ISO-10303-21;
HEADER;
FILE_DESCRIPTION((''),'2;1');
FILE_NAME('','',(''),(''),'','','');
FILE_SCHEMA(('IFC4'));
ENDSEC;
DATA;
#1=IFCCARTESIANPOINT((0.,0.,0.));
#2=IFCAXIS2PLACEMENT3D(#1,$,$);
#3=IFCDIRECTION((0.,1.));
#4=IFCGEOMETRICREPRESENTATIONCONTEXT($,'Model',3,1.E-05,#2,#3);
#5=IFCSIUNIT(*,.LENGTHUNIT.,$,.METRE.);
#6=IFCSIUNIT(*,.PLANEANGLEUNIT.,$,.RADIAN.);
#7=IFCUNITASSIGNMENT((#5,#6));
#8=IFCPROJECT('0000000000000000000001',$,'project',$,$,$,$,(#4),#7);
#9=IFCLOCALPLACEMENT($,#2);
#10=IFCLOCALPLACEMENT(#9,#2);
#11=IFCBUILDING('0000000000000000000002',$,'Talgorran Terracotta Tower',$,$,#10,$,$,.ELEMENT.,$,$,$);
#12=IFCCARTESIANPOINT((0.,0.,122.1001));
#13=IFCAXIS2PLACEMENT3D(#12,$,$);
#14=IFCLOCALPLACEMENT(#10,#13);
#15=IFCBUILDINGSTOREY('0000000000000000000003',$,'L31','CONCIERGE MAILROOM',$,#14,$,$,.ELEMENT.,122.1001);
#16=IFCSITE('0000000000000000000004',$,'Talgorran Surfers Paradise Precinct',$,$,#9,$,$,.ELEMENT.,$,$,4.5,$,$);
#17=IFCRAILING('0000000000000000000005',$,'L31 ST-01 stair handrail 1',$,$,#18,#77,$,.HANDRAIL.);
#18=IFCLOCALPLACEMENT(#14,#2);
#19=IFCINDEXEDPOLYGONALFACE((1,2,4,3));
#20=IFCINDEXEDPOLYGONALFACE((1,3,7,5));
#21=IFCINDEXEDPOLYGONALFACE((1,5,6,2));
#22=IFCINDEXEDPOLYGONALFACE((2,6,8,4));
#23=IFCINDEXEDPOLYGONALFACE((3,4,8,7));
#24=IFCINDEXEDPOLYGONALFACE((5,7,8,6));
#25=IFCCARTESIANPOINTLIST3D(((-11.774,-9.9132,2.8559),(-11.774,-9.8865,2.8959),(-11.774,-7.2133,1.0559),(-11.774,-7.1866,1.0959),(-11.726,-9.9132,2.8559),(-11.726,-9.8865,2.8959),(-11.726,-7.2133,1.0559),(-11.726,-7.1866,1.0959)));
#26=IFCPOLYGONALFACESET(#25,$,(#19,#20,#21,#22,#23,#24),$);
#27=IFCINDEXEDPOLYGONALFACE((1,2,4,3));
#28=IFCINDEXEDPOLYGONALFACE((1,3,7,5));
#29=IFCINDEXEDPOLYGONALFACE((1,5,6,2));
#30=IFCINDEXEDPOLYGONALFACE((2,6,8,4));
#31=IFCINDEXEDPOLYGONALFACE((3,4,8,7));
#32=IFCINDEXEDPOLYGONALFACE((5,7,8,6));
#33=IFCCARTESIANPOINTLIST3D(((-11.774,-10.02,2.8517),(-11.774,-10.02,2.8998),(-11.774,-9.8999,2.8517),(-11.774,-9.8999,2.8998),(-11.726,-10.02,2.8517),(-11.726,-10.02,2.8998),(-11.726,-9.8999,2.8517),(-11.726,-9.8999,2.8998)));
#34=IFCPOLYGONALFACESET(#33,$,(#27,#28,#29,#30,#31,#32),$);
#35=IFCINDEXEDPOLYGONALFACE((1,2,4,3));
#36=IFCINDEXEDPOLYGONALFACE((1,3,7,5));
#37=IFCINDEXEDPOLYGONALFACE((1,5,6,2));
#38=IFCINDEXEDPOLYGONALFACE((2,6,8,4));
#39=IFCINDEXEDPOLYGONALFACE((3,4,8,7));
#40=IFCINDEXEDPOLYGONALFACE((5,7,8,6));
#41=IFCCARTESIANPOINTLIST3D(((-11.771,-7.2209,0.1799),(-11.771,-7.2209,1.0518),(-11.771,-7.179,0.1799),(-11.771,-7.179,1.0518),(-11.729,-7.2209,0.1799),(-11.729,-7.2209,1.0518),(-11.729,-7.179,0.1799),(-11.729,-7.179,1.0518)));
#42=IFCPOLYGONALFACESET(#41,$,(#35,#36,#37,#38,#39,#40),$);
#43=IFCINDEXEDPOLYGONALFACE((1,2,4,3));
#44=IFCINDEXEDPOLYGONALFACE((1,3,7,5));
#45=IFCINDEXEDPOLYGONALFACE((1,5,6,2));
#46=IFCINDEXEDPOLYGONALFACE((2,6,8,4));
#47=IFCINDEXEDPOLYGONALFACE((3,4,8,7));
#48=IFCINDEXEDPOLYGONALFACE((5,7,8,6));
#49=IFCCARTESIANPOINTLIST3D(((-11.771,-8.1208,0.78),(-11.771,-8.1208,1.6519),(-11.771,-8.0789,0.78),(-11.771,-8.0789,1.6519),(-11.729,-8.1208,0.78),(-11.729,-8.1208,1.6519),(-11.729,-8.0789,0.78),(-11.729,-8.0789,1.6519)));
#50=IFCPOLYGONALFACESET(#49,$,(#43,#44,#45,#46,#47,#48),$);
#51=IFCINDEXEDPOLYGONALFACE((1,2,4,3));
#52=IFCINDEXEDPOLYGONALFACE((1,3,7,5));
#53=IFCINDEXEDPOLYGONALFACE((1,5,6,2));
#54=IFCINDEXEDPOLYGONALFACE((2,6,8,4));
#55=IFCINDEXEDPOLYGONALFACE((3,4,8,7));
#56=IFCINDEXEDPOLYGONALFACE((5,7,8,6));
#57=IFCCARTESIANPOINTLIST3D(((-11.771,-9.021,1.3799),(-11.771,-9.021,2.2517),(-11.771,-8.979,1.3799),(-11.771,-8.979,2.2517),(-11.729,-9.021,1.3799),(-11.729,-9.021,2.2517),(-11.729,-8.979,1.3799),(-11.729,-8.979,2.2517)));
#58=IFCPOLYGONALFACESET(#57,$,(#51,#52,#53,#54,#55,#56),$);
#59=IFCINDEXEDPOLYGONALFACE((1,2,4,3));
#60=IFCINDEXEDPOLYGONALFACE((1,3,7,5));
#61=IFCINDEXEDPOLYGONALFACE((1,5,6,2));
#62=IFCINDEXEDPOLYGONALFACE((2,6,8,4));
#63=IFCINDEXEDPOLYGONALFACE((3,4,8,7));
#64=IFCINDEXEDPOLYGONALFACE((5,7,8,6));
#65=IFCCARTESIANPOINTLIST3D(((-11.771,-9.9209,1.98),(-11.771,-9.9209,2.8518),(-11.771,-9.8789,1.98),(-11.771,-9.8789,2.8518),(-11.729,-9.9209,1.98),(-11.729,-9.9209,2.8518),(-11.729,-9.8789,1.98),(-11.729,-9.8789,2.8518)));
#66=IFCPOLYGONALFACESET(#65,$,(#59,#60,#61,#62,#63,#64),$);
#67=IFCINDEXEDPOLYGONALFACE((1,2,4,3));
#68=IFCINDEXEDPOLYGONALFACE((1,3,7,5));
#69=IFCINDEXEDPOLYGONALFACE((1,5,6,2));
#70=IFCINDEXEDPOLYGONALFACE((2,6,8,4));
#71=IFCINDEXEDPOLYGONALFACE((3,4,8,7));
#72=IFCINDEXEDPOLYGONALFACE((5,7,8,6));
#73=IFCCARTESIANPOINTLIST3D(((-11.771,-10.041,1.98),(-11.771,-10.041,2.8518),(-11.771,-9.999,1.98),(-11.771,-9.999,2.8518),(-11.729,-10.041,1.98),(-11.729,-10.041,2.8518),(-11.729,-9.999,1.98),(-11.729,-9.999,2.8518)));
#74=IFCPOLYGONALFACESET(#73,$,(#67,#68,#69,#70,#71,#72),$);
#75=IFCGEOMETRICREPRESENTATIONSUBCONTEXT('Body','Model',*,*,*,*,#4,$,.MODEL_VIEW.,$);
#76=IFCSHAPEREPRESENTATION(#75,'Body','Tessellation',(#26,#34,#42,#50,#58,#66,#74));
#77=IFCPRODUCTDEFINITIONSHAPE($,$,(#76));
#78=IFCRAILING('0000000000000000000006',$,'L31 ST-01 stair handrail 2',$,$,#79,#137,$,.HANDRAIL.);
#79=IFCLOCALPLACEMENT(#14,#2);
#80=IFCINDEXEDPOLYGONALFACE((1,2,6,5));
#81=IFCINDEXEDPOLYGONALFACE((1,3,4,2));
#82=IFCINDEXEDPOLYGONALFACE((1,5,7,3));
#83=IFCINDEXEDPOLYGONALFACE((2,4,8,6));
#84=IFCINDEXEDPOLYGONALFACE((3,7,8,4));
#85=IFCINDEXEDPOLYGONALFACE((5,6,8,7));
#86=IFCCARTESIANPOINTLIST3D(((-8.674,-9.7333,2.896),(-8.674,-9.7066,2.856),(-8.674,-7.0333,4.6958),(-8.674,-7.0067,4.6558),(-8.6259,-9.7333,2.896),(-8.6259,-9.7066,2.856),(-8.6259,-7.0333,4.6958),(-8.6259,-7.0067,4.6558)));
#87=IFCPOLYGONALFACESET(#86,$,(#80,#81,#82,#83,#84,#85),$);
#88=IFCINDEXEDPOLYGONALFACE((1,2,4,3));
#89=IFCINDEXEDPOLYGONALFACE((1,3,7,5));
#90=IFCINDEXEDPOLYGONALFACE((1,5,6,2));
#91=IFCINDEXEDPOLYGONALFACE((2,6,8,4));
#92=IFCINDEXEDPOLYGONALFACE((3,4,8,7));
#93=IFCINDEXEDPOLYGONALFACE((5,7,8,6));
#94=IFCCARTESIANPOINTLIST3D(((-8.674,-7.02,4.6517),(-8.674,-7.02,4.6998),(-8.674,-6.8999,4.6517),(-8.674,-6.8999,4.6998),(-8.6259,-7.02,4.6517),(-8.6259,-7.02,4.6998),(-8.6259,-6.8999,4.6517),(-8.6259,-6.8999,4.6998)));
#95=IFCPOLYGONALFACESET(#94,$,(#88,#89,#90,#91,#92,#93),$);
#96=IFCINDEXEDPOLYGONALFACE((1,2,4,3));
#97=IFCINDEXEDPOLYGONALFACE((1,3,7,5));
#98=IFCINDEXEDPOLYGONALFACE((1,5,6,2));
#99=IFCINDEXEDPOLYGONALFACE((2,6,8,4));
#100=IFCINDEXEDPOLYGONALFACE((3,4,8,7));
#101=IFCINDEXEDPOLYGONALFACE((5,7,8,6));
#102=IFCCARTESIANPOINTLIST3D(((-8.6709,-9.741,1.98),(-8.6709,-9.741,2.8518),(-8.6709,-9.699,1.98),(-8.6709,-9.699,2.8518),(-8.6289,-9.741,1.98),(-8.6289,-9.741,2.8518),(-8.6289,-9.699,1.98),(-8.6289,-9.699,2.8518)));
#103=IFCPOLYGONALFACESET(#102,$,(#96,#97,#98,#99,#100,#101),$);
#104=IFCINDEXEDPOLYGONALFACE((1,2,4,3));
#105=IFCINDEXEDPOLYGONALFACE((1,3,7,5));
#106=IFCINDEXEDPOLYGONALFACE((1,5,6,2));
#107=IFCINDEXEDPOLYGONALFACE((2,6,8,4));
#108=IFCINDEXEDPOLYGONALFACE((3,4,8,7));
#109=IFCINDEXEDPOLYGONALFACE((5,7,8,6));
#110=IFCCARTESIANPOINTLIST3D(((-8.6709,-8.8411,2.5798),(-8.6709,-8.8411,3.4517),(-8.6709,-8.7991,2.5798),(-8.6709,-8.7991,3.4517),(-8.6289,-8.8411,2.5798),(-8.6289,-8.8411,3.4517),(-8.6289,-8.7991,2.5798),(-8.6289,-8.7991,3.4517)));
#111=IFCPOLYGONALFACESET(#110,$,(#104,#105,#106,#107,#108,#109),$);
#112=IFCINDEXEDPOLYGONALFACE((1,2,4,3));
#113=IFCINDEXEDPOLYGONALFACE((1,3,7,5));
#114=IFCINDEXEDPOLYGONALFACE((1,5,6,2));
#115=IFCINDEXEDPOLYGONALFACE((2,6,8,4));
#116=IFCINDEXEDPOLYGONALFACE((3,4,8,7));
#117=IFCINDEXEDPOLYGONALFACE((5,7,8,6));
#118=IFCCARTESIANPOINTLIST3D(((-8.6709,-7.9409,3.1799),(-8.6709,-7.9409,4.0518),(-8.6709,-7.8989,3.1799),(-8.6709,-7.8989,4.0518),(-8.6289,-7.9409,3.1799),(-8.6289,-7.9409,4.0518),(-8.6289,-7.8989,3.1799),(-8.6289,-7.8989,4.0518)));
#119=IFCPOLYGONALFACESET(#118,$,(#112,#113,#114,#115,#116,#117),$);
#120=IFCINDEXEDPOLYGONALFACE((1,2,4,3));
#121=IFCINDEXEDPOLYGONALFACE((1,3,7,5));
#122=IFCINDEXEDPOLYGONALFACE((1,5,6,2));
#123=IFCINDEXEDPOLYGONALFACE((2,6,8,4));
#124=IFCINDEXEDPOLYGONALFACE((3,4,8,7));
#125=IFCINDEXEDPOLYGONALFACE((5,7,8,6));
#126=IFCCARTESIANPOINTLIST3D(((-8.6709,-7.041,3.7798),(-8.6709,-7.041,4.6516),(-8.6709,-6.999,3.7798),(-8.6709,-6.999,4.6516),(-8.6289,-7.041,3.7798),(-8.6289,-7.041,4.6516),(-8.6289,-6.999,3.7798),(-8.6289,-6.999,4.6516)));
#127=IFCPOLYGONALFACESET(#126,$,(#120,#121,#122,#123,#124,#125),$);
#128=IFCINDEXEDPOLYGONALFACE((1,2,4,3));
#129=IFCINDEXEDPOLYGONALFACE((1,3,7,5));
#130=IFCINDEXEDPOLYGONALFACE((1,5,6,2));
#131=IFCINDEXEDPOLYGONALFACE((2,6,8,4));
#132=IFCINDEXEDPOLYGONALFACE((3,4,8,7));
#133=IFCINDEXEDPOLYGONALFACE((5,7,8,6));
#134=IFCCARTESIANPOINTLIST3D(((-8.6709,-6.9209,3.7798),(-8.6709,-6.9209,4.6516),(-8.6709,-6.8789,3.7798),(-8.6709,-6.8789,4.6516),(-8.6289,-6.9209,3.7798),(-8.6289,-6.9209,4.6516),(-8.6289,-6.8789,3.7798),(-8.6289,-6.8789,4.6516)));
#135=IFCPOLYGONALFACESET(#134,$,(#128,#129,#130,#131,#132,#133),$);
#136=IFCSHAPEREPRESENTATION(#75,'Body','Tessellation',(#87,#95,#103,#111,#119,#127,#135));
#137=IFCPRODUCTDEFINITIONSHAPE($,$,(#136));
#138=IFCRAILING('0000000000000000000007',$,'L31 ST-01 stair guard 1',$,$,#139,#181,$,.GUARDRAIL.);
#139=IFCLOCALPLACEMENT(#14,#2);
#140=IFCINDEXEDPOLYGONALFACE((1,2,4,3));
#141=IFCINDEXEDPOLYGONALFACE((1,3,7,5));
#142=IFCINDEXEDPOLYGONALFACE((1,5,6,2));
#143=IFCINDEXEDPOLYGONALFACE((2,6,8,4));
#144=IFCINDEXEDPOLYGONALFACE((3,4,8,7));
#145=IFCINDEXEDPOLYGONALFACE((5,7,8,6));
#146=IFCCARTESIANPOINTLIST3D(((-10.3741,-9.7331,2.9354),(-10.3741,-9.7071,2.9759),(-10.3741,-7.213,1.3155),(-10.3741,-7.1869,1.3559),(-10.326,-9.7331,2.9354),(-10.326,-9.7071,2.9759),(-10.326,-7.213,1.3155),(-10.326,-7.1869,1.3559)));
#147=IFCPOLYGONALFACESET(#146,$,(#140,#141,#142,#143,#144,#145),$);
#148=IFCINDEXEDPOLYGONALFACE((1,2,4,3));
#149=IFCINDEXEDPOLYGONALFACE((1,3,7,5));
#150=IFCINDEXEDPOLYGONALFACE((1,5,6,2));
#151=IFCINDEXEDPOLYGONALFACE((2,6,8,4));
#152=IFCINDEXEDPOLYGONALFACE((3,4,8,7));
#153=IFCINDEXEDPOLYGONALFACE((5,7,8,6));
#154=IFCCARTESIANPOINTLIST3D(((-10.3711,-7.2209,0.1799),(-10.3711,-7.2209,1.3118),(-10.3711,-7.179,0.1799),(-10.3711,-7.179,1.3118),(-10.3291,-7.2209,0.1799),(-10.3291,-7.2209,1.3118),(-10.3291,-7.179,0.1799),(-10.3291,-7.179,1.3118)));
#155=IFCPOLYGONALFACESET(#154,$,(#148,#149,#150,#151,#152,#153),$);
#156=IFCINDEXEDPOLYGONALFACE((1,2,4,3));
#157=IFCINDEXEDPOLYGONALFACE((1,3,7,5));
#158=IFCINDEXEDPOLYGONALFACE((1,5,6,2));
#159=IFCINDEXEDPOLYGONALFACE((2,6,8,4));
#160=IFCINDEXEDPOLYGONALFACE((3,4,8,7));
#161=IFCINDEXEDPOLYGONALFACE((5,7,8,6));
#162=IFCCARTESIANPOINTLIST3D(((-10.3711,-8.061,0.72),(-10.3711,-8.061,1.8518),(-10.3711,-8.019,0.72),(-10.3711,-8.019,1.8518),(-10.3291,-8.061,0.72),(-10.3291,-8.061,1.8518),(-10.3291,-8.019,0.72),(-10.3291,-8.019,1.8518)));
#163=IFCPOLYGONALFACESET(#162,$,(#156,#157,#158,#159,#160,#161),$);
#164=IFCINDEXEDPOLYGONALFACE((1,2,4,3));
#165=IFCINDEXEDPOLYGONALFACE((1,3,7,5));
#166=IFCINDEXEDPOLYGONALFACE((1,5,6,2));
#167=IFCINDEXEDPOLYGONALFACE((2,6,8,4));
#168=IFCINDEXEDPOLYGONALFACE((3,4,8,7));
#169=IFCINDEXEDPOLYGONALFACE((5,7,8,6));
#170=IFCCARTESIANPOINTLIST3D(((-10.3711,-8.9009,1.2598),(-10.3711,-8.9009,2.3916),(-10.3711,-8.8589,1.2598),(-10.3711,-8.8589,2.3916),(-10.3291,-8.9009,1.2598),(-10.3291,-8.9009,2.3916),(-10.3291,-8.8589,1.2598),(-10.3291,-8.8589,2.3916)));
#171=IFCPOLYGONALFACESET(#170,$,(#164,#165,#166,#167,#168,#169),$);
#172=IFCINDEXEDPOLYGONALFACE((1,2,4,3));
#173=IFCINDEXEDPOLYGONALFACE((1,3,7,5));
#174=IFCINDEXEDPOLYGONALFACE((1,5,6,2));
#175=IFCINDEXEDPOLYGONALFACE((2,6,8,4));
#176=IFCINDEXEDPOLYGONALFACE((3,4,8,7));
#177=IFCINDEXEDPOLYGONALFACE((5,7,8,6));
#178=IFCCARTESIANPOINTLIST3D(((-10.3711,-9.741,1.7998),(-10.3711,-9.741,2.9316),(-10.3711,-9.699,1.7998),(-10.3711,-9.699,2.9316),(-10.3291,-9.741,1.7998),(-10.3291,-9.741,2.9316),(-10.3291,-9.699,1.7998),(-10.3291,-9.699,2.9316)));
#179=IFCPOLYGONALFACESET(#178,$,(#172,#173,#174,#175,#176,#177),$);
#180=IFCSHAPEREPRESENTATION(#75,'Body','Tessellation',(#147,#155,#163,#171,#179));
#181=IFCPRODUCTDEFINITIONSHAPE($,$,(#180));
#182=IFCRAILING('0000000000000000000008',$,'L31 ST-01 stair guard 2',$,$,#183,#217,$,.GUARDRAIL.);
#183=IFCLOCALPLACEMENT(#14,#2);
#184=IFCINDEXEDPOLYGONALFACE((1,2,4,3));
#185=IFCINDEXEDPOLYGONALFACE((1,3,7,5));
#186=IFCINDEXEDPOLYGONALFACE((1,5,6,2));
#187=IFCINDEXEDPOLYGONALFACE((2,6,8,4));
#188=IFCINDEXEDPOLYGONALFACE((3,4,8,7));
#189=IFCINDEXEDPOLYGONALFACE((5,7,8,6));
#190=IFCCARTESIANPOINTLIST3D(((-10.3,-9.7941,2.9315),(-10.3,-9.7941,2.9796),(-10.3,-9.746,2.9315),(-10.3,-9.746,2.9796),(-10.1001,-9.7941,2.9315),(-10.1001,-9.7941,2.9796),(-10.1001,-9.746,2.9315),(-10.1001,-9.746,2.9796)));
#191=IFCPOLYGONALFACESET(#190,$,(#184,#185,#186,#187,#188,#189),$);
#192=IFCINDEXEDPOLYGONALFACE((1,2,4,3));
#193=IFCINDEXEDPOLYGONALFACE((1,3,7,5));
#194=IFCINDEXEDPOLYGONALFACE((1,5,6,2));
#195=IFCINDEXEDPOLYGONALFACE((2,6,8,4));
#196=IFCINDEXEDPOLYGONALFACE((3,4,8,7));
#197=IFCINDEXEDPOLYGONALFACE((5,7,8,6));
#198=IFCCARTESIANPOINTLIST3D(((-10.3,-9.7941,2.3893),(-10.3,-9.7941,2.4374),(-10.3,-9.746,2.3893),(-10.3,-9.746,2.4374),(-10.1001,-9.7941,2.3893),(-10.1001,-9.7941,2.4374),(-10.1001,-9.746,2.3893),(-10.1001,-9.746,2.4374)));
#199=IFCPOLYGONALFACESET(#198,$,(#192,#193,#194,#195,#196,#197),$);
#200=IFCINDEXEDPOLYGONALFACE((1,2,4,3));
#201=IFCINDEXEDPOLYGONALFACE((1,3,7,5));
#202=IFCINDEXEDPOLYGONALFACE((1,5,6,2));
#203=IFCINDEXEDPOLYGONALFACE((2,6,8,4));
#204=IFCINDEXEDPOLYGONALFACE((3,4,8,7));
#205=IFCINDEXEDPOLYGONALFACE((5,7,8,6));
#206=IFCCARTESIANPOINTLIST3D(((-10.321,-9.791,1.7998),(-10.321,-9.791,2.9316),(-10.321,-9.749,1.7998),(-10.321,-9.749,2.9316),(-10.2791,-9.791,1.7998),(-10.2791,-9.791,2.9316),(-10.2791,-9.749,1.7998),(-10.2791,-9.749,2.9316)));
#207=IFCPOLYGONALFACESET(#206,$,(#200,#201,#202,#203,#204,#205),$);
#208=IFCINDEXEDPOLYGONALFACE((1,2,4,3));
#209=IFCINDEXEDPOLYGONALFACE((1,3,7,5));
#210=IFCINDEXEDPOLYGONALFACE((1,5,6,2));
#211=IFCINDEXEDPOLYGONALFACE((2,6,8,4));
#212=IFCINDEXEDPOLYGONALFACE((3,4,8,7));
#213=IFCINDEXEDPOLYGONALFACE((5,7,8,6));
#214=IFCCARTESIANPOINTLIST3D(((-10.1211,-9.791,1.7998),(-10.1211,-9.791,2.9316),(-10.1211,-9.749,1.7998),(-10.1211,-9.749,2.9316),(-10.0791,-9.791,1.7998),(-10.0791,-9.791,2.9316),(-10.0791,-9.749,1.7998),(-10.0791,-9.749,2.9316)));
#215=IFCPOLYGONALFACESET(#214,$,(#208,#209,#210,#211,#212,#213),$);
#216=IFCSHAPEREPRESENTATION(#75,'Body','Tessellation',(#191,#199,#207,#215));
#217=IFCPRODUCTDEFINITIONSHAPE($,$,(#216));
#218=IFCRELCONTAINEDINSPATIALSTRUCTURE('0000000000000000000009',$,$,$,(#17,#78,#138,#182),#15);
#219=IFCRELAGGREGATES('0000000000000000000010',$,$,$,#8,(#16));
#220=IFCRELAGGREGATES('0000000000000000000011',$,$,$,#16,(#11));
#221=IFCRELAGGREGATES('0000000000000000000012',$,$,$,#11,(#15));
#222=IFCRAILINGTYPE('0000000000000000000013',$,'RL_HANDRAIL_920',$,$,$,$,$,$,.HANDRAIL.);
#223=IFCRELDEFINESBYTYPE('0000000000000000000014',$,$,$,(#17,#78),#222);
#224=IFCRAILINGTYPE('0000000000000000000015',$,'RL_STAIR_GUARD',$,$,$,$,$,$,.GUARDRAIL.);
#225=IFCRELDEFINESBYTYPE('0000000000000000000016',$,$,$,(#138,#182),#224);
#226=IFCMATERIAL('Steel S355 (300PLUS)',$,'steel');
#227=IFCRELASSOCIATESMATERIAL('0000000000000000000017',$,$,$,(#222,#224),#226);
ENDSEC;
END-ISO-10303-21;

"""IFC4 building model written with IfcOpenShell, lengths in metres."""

from ifc_helpers import new_model, si_unit, direction, frame, origin, origin_2d, place, context, subcontext, project, spatial, rectangle, extrude, material, type_object, element, save


model = new_model("IFC4")

# Units and contexts
model_context = context("Model", 3, precision=1e-05, world=origin(), true_north=direction((0.0, 1.0)))
body_context = subcontext(model_context, "Body", "Model", "MODEL_VIEW")
ifc_project = project(units=[si_unit("LENGTHUNIT", "METRE"), si_unit("PLANEANGLEUNIT", "RADIAN")], contexts=[model_context])

# Site, building, storey
site_placement = place(None, origin())
site = spatial("IfcSite", under=ifc_project, at=site_placement, Name="Talgorran Surfers Paradise Precinct", CompositionType="ELEMENT", RefElevation=4.5)
building_placement = place(site_placement, origin())
building = spatial("IfcBuilding", under=site, at=building_placement, Name="Talgorran Terracotta Tower", CompositionType="ELEMENT")
storey_placement = place(building_placement, frame((0.0, 0.0, 122.1001)))
storey = spatial("IfcBuildingStorey", under=building, at=storey_placement, Name="L31", Description="CONCIERGE MAILROOM", CompositionType="ELEMENT", Elevation=122.1001)

# Shared definitions
ifc_material_1 = material(Name="Steel S355 (300PLUS)", Category="steel")

# Railings
railing_type_1 = type_object("IfcRailingType", Name="RL_HANDRAIL_920", PredefinedType="HANDRAIL", material=ifc_material_1)
railing_1_placement = place(storey_placement, frame((-11.75, -7.2, 0.1799)))
element("IfcRailing", 1, at=railing_1_placement, inside=storey, type_object=railing_type_1, Name="L31 ST-01 stair handrail 1", PredefinedType="HANDRAIL", context=body_context, shape_type="SweptSolid", body=[
    extrude(rectangle(XDim=0.0481, YDim=0.0481, at=origin_2d()), frame((0.0, 0.0, 0.896), z_axis=(0.0, -0.832039, 0.554718), x_axis=(1.0, 0.0, 0.0)), (0.0, 0.0, 1.0), 3.2449),
    extrude(rectangle(XDim=0.0481, YDim=0.0481, at=origin_2d()), frame((0.0, -2.7, 2.6958), z_axis=(0.0, -1.0, 0.0), x_axis=(1.0, 0.0, 0.0)), (0.0, 0.0, 1.0), 0.1201),
    extrude(rectangle(XDim=0.042, YDim=0.042, at=origin_2d()), origin(), (0.0, 0.0, 1.0), 0.8718),
    extrude(rectangle(XDim=0.042, YDim=0.042, at=origin_2d()), frame((0.0, -0.8999, 0.6001)), (0.0, 0.0, 1.0), 0.8718),
    extrude(rectangle(XDim=0.042, YDim=0.042, at=origin_2d()), frame((0.0, -1.8, 1.2)), (0.0, 0.0, 1.0), 0.8718),
    extrude(rectangle(XDim=0.042, YDim=0.042, at=origin_2d()), frame((0.0, -2.7, 1.8)), (0.0, 0.0, 1.0), 0.8718),
    extrude(rectangle(XDim=0.042, YDim=0.042, at=origin_2d()), frame((0.0, -2.8201, 1.8)), (0.0, 0.0, 1.0), 0.8718),
])
railing_2_placement = place(storey_placement, frame((-8.6499, -9.72, 1.98)))
element("IfcRailing", 2, at=railing_2_placement, inside=storey, type_object=railing_type_1, Name="L31 ST-01 stair handrail 2", PredefinedType="HANDRAIL", context=body_context, shape_type="SweptSolid", body=[
    extrude(rectangle(XDim=0.0481, YDim=0.0481, at=origin_2d()), frame((0.0, 0.0, 0.896), z_axis=(0.0, 0.832073, 0.554665), x_axis=(-1.0, 0.0, 0.0)), (0.0, 0.0, 1.0), 3.2449),
    extrude(rectangle(XDim=0.0481, YDim=0.0481, at=origin_2d()), frame((0.0, 2.7, 2.6958), z_axis=(0.0, 1.0, 0.0), x_axis=(-1.0, 0.0, 0.0)), (0.0, 0.0, 1.0), 0.1201),
    extrude(rectangle(XDim=0.042, YDim=0.042, at=origin_2d()), origin(), (0.0, 0.0, 1.0), 0.8718),
    extrude(rectangle(XDim=0.042, YDim=0.042, at=origin_2d()), frame((0.0, 0.8999, 0.5999)), (0.0, 0.0, 1.0), 0.8718),
    extrude(rectangle(XDim=0.042, YDim=0.042, at=origin_2d()), frame((0.0, 1.8, 1.2)), (0.0, 0.0, 1.0), 0.8718),
    extrude(rectangle(XDim=0.042, YDim=0.042, at=origin_2d()), frame((0.0, 2.7, 1.7998)), (0.0, 0.0, 1.0), 0.8718),
    extrude(rectangle(XDim=0.042, YDim=0.042, at=origin_2d()), frame((0.0, 2.8201, 1.7998)), (0.0, 0.0, 1.0), 0.8718),
])
railing_type_2 = type_object("IfcRailingType", Name="RL_STAIR_GUARD", PredefinedType="GUARDRAIL", material=ifc_material_1)
railing_3_placement = place(storey_placement, frame((-10.3501, -7.2, 0.1799)))
element("IfcRailing", 3, at=railing_3_placement, inside=storey, type_object=railing_type_2, Name="L31 ST-01 stair guard 1", PredefinedType="GUARDRAIL", context=body_context, shape_type="SweptSolid", body=[
    extrude(rectangle(XDim=0.0481, YDim=0.0481, at=origin_2d()), frame((0.0, 0.0, 1.1558), z_axis=(0.0, -0.8412, 0.540725), x_axis=(1.0, 0.0, 0.0)), (0.0, 0.0, 1.0), 2.9958),
    extrude(rectangle(XDim=0.042, YDim=0.042, at=origin_2d()), origin(), (0.0, 0.0, 1.0), 1.1318),
    extrude(rectangle(XDim=0.042, YDim=0.042, at=origin_2d()), frame((0.0, -0.8401, 0.54)), (0.0, 0.0, 1.0), 1.1318),
    extrude(rectangle(XDim=0.042, YDim=0.042, at=origin_2d()), frame((0.0, -1.6799, 1.0798)), (0.0, 0.0, 1.0), 1.1318),
    extrude(rectangle(XDim=0.042, YDim=0.042, at=origin_2d()), frame((0.0, -2.52, 1.6199)), (0.0, 0.0, 1.0), 1.1318),
])
railing_4_placement = place(storey_placement, frame((-10.3, -9.77, 1.7998)))
element("IfcRailing", 4, at=railing_4_placement, inside=storey, type_object=railing_type_2, Name="L31 ST-01 stair guard 2", PredefinedType="GUARDRAIL", context=body_context, shape_type="SweptSolid", body=[
    extrude(rectangle(XDim=0.0481, YDim=0.0481, at=origin_2d()), frame((0.0, 0.0, 1.1558), z_axis=(1.0, 0.0, 0.0), x_axis=(0.0, 1.0, 0.0)), (0.0, 0.0, 1.0), 0.2),
    extrude(rectangle(XDim=0.0481, YDim=0.0481, at=origin_2d()), frame((0.0, 0.0, 0.6135), z_axis=(1.0, 0.0, 0.0), x_axis=(0.0, 1.0, 0.0)), (0.0, 0.0, 1.0), 0.2),
    extrude(rectangle(XDim=0.042, YDim=0.042, at=origin_2d()), origin(), (0.0, 0.0, 1.0), 1.1318),
    extrude(rectangle(XDim=0.042, YDim=0.042, at=origin_2d()), frame((0.2, 0.0, 0.0)), (0.0, 0.0, 1.0), 1.1318),
])

save(model, "model.ifc")
